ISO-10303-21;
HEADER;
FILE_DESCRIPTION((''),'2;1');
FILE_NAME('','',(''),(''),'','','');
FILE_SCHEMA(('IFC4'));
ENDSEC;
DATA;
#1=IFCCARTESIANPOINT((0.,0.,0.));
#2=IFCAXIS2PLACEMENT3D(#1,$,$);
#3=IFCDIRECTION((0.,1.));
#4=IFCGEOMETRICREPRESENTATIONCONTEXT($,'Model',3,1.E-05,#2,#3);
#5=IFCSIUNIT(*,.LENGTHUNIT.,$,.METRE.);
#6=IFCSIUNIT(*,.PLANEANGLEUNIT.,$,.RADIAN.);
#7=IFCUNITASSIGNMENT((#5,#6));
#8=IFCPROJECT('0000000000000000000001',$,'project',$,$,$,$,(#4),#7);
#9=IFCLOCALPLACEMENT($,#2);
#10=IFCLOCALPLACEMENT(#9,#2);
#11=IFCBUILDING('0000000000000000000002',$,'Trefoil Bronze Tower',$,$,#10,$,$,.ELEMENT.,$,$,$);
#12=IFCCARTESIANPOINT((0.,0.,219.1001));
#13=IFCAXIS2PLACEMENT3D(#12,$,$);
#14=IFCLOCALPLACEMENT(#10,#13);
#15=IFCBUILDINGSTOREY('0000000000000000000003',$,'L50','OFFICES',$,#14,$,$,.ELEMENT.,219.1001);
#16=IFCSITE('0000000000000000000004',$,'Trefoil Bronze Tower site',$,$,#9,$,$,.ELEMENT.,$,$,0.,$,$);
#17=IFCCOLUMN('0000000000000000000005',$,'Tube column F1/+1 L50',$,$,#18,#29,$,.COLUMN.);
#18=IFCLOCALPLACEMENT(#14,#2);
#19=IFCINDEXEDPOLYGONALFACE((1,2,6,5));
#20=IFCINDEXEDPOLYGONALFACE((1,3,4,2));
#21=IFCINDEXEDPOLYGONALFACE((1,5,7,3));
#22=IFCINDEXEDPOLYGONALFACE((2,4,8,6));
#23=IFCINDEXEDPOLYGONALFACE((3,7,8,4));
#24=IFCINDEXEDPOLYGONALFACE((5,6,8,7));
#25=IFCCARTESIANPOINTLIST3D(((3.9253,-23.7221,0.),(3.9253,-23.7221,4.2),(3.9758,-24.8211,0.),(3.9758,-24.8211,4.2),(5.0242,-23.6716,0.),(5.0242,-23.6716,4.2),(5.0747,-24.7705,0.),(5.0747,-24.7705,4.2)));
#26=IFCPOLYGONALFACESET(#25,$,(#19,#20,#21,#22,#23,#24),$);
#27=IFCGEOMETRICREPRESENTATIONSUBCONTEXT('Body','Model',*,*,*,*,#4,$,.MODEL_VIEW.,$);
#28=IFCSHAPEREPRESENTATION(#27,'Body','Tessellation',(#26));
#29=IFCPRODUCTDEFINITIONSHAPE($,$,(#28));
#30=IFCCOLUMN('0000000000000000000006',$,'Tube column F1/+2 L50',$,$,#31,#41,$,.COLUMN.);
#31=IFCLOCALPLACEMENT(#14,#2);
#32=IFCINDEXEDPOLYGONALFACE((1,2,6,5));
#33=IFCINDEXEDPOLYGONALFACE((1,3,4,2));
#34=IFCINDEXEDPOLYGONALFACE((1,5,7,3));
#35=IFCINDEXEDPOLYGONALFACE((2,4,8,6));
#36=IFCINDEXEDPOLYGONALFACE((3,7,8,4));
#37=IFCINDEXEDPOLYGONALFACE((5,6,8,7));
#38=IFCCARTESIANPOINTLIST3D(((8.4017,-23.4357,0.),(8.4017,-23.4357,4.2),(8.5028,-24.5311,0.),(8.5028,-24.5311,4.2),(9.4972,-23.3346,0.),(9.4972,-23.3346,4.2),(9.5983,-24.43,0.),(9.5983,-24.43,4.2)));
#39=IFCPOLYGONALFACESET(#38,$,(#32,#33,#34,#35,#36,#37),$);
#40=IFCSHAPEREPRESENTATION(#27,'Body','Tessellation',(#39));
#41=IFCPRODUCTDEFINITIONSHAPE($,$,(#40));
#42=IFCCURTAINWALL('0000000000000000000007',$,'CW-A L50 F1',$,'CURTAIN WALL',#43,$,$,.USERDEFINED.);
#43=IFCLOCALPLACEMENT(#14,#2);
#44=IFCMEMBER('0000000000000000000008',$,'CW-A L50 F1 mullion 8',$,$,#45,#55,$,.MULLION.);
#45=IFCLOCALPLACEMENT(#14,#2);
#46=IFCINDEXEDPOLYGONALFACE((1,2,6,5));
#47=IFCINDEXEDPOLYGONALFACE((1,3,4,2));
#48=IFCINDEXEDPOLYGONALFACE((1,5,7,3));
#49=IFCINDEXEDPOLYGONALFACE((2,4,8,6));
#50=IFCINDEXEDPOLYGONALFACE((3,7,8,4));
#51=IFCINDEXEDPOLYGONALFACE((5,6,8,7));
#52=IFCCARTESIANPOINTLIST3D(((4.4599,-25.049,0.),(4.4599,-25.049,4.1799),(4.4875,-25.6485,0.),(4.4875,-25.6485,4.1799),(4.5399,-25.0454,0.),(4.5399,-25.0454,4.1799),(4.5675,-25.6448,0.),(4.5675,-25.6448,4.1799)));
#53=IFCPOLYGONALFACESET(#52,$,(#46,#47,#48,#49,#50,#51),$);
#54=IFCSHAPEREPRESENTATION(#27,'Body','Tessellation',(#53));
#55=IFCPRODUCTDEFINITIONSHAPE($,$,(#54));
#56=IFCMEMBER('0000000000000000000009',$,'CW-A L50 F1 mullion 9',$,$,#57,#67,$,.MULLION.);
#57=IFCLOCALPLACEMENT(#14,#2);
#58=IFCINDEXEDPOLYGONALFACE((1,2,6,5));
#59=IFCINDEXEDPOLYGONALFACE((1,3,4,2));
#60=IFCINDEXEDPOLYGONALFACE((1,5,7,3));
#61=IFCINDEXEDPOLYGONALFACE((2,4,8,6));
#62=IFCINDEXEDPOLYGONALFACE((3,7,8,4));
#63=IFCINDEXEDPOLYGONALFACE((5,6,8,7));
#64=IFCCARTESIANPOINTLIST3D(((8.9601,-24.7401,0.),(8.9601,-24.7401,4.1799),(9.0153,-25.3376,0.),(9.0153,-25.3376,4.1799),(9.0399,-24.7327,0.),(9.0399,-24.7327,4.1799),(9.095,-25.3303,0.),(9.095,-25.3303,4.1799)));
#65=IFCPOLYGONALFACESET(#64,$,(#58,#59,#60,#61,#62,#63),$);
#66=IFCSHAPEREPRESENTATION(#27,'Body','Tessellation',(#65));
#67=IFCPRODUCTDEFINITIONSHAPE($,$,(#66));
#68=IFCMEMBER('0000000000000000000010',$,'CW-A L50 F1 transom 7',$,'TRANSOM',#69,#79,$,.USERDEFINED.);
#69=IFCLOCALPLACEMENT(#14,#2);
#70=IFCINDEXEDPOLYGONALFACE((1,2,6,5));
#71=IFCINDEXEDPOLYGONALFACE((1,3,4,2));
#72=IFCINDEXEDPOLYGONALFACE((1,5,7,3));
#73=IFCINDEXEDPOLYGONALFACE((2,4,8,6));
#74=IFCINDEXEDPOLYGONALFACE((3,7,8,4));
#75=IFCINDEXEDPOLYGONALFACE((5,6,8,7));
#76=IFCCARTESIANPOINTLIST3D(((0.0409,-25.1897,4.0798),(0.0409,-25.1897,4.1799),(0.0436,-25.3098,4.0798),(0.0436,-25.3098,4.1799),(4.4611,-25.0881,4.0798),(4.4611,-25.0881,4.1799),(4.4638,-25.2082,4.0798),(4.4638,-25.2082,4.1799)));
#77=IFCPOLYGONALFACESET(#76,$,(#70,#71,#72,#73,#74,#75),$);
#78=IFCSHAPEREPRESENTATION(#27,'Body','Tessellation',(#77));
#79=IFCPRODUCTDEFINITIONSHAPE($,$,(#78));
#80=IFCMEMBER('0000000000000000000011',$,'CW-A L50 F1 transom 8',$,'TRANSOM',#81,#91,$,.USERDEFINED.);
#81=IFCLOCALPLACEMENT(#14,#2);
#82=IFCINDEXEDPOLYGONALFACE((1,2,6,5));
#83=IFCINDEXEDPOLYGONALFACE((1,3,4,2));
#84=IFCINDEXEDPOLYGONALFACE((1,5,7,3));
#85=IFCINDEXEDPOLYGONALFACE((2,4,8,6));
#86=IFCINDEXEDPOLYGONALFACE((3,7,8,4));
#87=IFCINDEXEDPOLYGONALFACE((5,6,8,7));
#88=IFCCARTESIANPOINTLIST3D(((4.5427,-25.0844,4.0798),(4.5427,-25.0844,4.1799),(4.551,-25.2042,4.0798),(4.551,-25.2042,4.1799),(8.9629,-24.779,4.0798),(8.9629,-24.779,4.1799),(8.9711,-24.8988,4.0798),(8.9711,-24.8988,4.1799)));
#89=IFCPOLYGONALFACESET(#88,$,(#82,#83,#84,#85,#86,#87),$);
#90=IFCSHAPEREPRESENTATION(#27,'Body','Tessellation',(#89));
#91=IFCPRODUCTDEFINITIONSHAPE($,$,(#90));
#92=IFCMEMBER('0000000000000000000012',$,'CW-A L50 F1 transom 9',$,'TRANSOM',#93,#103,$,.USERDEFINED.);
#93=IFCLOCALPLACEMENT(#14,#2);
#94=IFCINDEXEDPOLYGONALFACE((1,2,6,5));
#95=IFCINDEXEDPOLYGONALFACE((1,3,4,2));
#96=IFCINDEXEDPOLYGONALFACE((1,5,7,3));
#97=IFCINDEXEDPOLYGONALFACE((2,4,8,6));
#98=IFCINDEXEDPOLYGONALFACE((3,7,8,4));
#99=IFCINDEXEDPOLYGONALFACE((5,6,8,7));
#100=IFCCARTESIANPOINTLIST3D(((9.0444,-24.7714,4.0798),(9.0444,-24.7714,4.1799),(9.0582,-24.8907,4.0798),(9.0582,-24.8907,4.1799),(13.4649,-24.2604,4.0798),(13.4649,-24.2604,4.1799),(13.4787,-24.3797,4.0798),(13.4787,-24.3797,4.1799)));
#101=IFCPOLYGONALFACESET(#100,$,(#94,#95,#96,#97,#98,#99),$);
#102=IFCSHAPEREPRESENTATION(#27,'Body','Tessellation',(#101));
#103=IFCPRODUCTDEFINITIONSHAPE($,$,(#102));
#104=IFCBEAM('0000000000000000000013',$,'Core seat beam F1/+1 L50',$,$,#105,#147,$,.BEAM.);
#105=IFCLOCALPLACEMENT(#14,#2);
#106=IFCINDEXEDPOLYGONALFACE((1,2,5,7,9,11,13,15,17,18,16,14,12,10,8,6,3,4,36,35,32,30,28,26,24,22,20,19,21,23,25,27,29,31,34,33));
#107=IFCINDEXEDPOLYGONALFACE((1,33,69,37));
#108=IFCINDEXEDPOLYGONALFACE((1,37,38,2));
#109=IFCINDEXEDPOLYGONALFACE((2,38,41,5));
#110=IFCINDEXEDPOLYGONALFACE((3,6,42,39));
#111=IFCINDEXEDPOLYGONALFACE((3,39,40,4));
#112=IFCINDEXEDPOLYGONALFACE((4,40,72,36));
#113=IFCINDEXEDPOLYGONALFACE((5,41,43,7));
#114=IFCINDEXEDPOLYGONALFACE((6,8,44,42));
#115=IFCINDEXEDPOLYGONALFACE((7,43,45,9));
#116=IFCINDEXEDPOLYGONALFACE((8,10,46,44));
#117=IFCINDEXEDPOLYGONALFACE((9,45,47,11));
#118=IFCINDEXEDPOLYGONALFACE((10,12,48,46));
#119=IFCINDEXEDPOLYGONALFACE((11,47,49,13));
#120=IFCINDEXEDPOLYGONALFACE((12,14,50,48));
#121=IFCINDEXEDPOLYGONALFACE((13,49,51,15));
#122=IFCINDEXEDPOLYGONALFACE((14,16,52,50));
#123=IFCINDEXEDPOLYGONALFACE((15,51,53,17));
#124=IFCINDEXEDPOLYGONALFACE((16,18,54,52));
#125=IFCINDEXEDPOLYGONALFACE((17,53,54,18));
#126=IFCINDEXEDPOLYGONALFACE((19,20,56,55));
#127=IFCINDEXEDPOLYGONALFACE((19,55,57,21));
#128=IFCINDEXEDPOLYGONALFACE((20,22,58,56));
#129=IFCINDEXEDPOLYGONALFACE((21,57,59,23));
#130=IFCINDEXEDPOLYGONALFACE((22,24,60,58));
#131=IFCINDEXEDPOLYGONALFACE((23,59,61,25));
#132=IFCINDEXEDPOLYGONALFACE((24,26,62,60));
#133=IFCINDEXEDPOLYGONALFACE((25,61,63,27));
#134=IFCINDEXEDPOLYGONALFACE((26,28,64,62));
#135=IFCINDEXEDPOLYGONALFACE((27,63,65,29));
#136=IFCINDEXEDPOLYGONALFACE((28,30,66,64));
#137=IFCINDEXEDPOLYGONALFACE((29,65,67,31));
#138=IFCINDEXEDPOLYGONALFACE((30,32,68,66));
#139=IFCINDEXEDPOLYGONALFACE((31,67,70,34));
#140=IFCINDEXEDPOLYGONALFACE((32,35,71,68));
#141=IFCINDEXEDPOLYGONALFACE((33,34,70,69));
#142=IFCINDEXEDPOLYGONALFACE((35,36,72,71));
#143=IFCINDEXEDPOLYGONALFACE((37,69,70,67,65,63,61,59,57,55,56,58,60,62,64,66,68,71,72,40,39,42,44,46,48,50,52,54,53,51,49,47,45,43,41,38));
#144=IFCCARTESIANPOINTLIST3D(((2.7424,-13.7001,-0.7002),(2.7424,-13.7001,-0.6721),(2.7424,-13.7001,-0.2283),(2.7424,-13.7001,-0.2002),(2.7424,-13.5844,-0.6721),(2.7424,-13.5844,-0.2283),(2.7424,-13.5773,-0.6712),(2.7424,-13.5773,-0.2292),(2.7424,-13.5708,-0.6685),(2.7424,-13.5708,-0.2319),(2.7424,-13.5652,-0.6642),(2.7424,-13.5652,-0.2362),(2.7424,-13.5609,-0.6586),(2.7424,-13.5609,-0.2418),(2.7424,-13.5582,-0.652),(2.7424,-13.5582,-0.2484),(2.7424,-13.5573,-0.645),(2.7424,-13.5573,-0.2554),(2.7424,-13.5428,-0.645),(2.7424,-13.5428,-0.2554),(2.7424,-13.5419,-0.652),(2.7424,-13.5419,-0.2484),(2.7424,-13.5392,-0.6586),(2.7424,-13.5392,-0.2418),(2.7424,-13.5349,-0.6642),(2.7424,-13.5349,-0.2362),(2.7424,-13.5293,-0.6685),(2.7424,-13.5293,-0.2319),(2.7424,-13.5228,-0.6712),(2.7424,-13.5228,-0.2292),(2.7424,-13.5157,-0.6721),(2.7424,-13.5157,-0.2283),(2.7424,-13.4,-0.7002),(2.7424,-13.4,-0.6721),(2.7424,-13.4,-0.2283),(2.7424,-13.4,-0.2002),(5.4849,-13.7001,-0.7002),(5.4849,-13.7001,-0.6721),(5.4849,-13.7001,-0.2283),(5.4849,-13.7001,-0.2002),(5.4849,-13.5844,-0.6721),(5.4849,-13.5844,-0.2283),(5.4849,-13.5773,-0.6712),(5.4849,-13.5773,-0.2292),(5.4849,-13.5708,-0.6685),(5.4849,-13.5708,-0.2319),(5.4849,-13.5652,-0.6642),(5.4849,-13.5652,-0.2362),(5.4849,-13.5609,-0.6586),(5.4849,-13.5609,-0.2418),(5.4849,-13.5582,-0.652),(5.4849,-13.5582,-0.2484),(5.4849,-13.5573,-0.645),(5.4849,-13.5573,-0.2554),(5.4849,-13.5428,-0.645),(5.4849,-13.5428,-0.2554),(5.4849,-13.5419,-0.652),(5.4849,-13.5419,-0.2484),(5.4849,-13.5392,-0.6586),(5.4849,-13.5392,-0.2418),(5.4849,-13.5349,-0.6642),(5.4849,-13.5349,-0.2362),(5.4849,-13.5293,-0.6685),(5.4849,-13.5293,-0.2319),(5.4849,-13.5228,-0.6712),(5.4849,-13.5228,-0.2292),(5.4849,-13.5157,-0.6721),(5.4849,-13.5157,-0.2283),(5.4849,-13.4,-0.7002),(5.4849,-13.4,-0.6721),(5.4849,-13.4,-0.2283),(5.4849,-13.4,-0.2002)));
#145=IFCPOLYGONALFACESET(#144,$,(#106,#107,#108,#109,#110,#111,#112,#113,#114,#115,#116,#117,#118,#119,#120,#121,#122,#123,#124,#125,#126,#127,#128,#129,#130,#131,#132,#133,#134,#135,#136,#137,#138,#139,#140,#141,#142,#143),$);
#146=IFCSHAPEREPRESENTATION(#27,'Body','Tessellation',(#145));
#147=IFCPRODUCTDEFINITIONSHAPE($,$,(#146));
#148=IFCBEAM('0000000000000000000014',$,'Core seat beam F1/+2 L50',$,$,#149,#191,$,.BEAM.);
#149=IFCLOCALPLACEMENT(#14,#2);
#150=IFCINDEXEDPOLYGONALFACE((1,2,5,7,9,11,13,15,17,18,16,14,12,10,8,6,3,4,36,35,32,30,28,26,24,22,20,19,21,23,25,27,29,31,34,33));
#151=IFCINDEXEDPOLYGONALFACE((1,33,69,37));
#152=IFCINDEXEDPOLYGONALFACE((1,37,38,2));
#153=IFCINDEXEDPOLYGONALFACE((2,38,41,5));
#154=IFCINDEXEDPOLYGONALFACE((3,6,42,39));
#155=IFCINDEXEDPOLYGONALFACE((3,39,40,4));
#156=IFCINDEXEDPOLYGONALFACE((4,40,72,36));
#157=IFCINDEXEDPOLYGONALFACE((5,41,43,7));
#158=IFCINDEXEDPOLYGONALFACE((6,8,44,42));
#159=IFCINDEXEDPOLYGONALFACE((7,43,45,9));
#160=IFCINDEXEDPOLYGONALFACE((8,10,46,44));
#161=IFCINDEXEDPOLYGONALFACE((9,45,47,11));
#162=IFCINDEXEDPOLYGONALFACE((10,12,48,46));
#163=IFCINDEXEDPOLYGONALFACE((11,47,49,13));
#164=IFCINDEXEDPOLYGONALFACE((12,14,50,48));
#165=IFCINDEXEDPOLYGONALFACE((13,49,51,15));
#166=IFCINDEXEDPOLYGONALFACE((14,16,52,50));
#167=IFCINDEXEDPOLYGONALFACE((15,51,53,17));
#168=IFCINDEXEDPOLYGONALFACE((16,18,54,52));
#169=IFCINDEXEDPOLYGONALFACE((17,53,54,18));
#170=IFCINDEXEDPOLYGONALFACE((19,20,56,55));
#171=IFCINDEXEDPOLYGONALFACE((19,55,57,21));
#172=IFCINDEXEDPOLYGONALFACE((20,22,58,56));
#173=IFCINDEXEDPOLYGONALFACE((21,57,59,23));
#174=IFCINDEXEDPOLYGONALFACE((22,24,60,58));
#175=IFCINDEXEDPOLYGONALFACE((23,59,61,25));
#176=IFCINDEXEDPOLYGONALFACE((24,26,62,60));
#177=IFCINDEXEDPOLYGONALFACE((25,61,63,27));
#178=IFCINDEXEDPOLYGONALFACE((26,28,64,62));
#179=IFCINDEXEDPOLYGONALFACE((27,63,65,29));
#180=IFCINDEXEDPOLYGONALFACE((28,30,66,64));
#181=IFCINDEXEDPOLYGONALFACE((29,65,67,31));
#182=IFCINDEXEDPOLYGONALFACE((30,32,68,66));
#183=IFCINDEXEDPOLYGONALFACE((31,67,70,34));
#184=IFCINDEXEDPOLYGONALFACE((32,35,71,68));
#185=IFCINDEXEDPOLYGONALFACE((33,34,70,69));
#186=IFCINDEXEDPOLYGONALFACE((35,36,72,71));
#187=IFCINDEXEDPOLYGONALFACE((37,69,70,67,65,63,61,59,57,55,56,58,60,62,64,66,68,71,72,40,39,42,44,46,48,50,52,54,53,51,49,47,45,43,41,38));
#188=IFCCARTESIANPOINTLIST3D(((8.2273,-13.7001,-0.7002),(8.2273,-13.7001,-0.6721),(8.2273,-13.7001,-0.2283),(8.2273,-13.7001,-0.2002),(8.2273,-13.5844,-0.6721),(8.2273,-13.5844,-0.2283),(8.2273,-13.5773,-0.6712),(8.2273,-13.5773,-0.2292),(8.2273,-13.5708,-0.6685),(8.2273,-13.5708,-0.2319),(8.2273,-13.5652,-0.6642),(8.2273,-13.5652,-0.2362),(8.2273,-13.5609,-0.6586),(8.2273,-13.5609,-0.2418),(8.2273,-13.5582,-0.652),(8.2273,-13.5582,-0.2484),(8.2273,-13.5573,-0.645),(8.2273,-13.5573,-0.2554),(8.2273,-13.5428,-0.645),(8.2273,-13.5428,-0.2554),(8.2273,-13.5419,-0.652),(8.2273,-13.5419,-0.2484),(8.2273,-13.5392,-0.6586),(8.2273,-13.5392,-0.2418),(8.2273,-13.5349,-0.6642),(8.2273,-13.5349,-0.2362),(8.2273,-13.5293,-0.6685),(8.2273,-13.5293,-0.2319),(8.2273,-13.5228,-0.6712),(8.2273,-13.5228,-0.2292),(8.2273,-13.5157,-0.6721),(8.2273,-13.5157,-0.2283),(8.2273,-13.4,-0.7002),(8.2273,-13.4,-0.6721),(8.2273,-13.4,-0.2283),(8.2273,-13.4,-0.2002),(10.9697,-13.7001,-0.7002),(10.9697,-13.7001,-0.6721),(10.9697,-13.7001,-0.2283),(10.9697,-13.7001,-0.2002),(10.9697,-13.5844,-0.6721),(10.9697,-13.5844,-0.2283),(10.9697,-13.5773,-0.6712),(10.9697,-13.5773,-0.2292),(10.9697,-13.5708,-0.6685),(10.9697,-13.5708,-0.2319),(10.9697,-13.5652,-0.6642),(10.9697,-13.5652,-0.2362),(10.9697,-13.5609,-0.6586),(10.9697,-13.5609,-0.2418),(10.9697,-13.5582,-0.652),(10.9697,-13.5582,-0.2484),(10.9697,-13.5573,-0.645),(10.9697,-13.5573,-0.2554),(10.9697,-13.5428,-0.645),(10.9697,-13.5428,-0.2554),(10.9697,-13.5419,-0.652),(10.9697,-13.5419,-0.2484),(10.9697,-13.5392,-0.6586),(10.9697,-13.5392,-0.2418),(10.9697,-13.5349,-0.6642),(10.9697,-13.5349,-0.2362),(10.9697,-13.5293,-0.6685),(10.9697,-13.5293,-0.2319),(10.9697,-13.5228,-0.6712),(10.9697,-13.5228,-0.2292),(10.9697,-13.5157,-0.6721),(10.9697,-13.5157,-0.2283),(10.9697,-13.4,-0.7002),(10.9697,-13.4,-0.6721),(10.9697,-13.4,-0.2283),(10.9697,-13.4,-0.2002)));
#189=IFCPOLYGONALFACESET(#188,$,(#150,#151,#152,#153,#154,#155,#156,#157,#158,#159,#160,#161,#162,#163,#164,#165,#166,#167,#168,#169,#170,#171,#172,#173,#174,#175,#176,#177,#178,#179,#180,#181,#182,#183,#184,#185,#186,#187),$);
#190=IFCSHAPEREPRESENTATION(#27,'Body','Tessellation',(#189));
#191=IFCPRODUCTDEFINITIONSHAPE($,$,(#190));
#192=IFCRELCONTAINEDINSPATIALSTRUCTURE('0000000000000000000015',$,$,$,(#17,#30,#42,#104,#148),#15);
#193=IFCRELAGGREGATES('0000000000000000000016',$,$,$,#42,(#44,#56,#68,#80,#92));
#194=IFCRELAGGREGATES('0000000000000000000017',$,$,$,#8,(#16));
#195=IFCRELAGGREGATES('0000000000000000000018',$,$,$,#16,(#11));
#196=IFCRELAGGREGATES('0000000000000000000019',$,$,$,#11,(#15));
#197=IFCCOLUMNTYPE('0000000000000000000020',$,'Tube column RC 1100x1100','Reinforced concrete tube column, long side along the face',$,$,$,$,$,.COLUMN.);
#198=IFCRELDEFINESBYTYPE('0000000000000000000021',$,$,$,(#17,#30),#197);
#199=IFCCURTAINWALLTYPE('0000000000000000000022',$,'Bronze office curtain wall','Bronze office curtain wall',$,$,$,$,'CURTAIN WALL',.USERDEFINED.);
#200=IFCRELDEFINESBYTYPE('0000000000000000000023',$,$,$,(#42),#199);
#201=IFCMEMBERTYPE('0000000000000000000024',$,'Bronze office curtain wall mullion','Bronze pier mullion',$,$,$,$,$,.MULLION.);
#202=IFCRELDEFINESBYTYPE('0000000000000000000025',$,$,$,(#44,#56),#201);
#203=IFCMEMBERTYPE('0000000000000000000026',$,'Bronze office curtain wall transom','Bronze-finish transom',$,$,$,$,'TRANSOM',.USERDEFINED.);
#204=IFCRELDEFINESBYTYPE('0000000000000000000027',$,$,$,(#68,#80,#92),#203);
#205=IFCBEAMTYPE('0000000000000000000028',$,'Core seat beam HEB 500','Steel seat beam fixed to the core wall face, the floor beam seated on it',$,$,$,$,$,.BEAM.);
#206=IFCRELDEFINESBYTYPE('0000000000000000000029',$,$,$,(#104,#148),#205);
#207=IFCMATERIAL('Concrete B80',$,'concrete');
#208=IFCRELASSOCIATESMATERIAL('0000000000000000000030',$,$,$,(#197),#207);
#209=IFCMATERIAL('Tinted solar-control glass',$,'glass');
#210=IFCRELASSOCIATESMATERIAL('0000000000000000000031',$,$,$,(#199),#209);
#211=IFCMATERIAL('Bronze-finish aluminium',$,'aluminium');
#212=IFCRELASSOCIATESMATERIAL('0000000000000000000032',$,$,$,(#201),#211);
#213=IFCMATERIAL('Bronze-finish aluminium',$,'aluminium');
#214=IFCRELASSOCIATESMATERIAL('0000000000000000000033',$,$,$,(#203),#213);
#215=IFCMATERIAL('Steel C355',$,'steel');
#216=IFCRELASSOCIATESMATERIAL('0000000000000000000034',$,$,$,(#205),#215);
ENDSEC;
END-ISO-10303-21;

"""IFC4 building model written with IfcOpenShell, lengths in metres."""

from ifc_helpers import new_model, si_unit, direction, frame, origin, origin_2d, place, context, subcontext, project, spatial, rectangle, i_section, extrude, material, material_profile, profile_set, type_object, element, aggregate, save


model = new_model("IFC4")

# Units and contexts
model_context = context("Model", 3, precision=1e-05, world=origin(), true_north=direction((0.0, 1.0)))
body_context = subcontext(model_context, "Body", "Model", "MODEL_VIEW")
ifc_project = project(units=[si_unit("LENGTHUNIT", "METRE"), si_unit("PLANEANGLEUNIT", "RADIAN")], contexts=[model_context])

# Site, building, storey
site_placement = place(None, origin())
site = spatial("IfcSite", under=ifc_project, at=site_placement, Name="Trefoil Bronze Tower site", CompositionType="ELEMENT", RefElevation=0.0)
building_placement = place(site_placement, origin())
building = spatial("IfcBuilding", under=site, at=building_placement, Name="Trefoil Bronze Tower", CompositionType="ELEMENT")
storey_placement = place(building_placement, frame((0.0, 0.0, 219.1001)))
storey = spatial("IfcBuildingStorey", under=building, at=storey_placement, Name="L50", Description="OFFICES", CompositionType="ELEMENT", Elevation=219.1001)

# Columns
ifc_material_1 = material(Name="Concrete B80", Category="concrete")
ifc_material_profile_1 = material_profile(ifc_material_1, rectangle(XDim=1.1001, YDim=1.1001, at=origin_2d()), Name="RC 1100x1100")
ifc_profile_set_1 = profile_set([ifc_material_profile_1], Name="Concrete B80")
column_type = type_object("IfcColumnType", Name="Tube column RC 1100x1100", Description="Reinforced concrete tube column, long side along the face", PredefinedType="COLUMN", material=ifc_profile_set_1)
for number, where, z_axis, x_axis, name in (
    (1, (4.5, -24.2463, 0.0), (0.0, 0.0, 1.0), (0.998943, 0.045956, 0.0), "Tube column F1/+1 L50"),
    (2, (9.0, -23.9329, 0.0), (0.0, 0.0, 1.0), (0.995767, 0.091911, 0.0), "Tube column F1/+2 L50"),
):
    element("IfcColumn", number, at=place(storey_placement, frame(where, z_axis=z_axis, x_axis=x_axis)), inside=storey, type_object=column_type, Name=name, PredefinedType="COLUMN", context=body_context, shape_type="SweptSolid", body=[
        extrude(rectangle(XDim=1.1001, YDim=1.1001, at=origin_2d()), origin(), (0.0, 0.0, 1.0), 4.2),
    ])

# Curtain wall, members
ifc_material_2 = material(Name="Tinted solar-control glass", Category="glass")
curtain_wall_type = type_object("IfcCurtainWallType", Name="Bronze office curtain wall", Description="Bronze office curtain wall", ElementType="CURTAIN WALL", PredefinedType="USERDEFINED", material=ifc_material_2)
curtain_wall_placement = place(storey_placement, origin())
curtain_wall = element("IfcCurtainWall", 3, at=curtain_wall_placement, inside=storey, type_object=curtain_wall_type, Name="CW-A L50 F1", ObjectType="CURTAIN WALL", PredefinedType="USERDEFINED")
ifc_material_3 = material(Name="Bronze-finish aluminium", Category="aluminium")
ifc_material_profile_2 = material_profile(ifc_material_3, rectangle(XDim=0.6001, YDim=0.0801, at=origin_2d()), Name="CW-A mullion")
ifc_profile_set_2 = profile_set([ifc_material_profile_2], Name="Bronze-finish aluminium")
member_type_1 = type_object("IfcMemberType", Name="Bronze office curtain wall mullion", Description="Bronze pier mullion", PredefinedType="MULLION", material=ifc_profile_set_2)
member_1_placement = place(storey_placement, frame((4.5137, -25.3469, 0.0), z_axis=(0.0, 0.0, 1.0), x_axis=(-0.045956, 0.998943, 0.0)))
member_1 = element("IfcMember", 4, at=member_1_placement, type_object=member_type_1, Name="CW-A L50 F1 mullion 8", PredefinedType="MULLION", context=body_context, shape_type="SweptSolid", body=[
    extrude(rectangle(XDim=0.6001, YDim=0.0801, at=origin_2d()), origin(), (0.0, 0.0, 1.0), 4.1799),
])
member_2_placement = place(storey_placement, frame((9.0276, -25.0352, 0.0), z_axis=(0.0, 0.0, 1.0), x_axis=(-0.091911, 0.995767, 0.0)))
member_2 = element("IfcMember", 5, at=member_2_placement, type_object=member_type_1, Name="CW-A L50 F1 mullion 9", PredefinedType="MULLION", context=body_context, shape_type="SweptSolid", body=[
    extrude(rectangle(XDim=0.6001, YDim=0.0801, at=origin_2d()), origin(), (0.0, 0.0, 1.0), 4.1799),
])
ifc_material_4 = material(Name="Bronze-finish aluminium", Category="aluminium")
ifc_material_profile_3 = material_profile(ifc_material_4, rectangle(XDim=0.1201, YDim=0.1001, at=origin_2d()), Name="CW-A transom")
ifc_profile_set_3 = profile_set([ifc_material_profile_3], Name="Bronze-finish aluminium")
member_type_2 = type_object("IfcMemberType", Name="Bronze office curtain wall transom", Description="Bronze-finish transom", ElementType="TRANSOM", PredefinedType="USERDEFINED", material=ifc_profile_set_3)
member_3_placement = place(storey_placement, frame((0.0422, -25.2498, 4.1299), z_axis=(0.999736, 0.022971, 0.0), x_axis=(-0.022971, 0.999736, 0.0)))
member_3 = element("IfcMember", 6, at=member_3_placement, type_object=member_type_2, Name="CW-A L50 F1 transom 7", ObjectType="TRANSOM", PredefinedType="USERDEFINED", context=body_context, shape_type="SweptSolid", body=[
    extrude(rectangle(XDim=0.1201, YDim=0.1001, at=origin_2d()), origin(), (0.0, 0.0, 1.0), 4.4214),
])
member_4_placement = place(storey_placement, frame((4.5469, -25.1443, 4.1299), z_axis=(0.997621, 0.068933, 0.0), x_axis=(-0.068933, 0.997621, 0.0)))
member_4 = element("IfcMember", 7, at=member_4_placement, type_object=member_type_2, Name="CW-A L50 F1 transom 8", ObjectType="TRANSOM", PredefinedType="USERDEFINED", context=body_context, shape_type="SweptSolid", body=[
    extrude(rectangle(XDim=0.1201, YDim=0.1001, at=origin_2d()), origin(), (0.0, 0.0, 1.0), 4.4307),
])
member_5_placement = place(storey_placement, frame((9.0513, -24.8311, 4.1299), z_axis=(0.993385, 0.114832, 0.0), x_axis=(-0.114832, 0.993385, 0.0)))
member_5 = element("IfcMember", 8, at=member_5_placement, type_object=member_type_2, Name="CW-A L50 F1 transom 9", ObjectType="TRANSOM", PredefinedType="USERDEFINED", context=body_context, shape_type="SweptSolid", body=[
    extrude(rectangle(XDim=0.1201, YDim=0.1001, at=origin_2d()), origin(), (0.0, 0.0, 1.0), 4.45),
])

# Beams
ifc_material_5 = material(Name="Steel C355", Category="steel")
ifc_material_profile_4 = material_profile(ifc_material_5, i_section(OverallWidth=0.3, OverallDepth=0.5, WebThickness=0.0144, FlangeThickness=0.0281, FilletRadius=0.0271, at=origin_2d()), Name="HEB 500")
ifc_profile_set_4 = profile_set([ifc_material_profile_4], Name="Steel C355")
beam_type_1 = type_object("IfcBeamType", Name="Core seat beam HEB 500", Description="Steel seat beam fixed to the core wall face, the floor beam seated on it", PredefinedType="BEAM", material=ifc_profile_set_4)
for number, where, z_axis, x_axis, name in (
    (9, (2.7424, -13.55, -0.4502), (1.0, 0.0, 0.0), (0.0, 1.0, 0.0), "Core seat beam F1/+1 L50"),
    (10, (8.2273, -13.55, -0.4502), (1.0, 0.0, 0.0), (0.0, 1.0, 0.0), "Core seat beam F1/+2 L50"),
):
    element("IfcBeam", number, at=place(storey_placement, frame(where, z_axis=z_axis, x_axis=x_axis)), inside=storey, type_object=beam_type_1, Name=name, PredefinedType="BEAM", context=body_context, shape_type="SweptSolid", body=[
        extrude(i_section(OverallWidth=0.3, OverallDepth=0.5, WebThickness=0.0144, FlangeThickness=0.0281, FilletRadius=0.0271, at=origin_2d()), origin(), (0.0, 0.0, 1.0), 2.7424),
    ])

aggregate(curtain_wall, [member_1, member_2, member_3, member_4, member_5])

save(model, "model.ifc")
